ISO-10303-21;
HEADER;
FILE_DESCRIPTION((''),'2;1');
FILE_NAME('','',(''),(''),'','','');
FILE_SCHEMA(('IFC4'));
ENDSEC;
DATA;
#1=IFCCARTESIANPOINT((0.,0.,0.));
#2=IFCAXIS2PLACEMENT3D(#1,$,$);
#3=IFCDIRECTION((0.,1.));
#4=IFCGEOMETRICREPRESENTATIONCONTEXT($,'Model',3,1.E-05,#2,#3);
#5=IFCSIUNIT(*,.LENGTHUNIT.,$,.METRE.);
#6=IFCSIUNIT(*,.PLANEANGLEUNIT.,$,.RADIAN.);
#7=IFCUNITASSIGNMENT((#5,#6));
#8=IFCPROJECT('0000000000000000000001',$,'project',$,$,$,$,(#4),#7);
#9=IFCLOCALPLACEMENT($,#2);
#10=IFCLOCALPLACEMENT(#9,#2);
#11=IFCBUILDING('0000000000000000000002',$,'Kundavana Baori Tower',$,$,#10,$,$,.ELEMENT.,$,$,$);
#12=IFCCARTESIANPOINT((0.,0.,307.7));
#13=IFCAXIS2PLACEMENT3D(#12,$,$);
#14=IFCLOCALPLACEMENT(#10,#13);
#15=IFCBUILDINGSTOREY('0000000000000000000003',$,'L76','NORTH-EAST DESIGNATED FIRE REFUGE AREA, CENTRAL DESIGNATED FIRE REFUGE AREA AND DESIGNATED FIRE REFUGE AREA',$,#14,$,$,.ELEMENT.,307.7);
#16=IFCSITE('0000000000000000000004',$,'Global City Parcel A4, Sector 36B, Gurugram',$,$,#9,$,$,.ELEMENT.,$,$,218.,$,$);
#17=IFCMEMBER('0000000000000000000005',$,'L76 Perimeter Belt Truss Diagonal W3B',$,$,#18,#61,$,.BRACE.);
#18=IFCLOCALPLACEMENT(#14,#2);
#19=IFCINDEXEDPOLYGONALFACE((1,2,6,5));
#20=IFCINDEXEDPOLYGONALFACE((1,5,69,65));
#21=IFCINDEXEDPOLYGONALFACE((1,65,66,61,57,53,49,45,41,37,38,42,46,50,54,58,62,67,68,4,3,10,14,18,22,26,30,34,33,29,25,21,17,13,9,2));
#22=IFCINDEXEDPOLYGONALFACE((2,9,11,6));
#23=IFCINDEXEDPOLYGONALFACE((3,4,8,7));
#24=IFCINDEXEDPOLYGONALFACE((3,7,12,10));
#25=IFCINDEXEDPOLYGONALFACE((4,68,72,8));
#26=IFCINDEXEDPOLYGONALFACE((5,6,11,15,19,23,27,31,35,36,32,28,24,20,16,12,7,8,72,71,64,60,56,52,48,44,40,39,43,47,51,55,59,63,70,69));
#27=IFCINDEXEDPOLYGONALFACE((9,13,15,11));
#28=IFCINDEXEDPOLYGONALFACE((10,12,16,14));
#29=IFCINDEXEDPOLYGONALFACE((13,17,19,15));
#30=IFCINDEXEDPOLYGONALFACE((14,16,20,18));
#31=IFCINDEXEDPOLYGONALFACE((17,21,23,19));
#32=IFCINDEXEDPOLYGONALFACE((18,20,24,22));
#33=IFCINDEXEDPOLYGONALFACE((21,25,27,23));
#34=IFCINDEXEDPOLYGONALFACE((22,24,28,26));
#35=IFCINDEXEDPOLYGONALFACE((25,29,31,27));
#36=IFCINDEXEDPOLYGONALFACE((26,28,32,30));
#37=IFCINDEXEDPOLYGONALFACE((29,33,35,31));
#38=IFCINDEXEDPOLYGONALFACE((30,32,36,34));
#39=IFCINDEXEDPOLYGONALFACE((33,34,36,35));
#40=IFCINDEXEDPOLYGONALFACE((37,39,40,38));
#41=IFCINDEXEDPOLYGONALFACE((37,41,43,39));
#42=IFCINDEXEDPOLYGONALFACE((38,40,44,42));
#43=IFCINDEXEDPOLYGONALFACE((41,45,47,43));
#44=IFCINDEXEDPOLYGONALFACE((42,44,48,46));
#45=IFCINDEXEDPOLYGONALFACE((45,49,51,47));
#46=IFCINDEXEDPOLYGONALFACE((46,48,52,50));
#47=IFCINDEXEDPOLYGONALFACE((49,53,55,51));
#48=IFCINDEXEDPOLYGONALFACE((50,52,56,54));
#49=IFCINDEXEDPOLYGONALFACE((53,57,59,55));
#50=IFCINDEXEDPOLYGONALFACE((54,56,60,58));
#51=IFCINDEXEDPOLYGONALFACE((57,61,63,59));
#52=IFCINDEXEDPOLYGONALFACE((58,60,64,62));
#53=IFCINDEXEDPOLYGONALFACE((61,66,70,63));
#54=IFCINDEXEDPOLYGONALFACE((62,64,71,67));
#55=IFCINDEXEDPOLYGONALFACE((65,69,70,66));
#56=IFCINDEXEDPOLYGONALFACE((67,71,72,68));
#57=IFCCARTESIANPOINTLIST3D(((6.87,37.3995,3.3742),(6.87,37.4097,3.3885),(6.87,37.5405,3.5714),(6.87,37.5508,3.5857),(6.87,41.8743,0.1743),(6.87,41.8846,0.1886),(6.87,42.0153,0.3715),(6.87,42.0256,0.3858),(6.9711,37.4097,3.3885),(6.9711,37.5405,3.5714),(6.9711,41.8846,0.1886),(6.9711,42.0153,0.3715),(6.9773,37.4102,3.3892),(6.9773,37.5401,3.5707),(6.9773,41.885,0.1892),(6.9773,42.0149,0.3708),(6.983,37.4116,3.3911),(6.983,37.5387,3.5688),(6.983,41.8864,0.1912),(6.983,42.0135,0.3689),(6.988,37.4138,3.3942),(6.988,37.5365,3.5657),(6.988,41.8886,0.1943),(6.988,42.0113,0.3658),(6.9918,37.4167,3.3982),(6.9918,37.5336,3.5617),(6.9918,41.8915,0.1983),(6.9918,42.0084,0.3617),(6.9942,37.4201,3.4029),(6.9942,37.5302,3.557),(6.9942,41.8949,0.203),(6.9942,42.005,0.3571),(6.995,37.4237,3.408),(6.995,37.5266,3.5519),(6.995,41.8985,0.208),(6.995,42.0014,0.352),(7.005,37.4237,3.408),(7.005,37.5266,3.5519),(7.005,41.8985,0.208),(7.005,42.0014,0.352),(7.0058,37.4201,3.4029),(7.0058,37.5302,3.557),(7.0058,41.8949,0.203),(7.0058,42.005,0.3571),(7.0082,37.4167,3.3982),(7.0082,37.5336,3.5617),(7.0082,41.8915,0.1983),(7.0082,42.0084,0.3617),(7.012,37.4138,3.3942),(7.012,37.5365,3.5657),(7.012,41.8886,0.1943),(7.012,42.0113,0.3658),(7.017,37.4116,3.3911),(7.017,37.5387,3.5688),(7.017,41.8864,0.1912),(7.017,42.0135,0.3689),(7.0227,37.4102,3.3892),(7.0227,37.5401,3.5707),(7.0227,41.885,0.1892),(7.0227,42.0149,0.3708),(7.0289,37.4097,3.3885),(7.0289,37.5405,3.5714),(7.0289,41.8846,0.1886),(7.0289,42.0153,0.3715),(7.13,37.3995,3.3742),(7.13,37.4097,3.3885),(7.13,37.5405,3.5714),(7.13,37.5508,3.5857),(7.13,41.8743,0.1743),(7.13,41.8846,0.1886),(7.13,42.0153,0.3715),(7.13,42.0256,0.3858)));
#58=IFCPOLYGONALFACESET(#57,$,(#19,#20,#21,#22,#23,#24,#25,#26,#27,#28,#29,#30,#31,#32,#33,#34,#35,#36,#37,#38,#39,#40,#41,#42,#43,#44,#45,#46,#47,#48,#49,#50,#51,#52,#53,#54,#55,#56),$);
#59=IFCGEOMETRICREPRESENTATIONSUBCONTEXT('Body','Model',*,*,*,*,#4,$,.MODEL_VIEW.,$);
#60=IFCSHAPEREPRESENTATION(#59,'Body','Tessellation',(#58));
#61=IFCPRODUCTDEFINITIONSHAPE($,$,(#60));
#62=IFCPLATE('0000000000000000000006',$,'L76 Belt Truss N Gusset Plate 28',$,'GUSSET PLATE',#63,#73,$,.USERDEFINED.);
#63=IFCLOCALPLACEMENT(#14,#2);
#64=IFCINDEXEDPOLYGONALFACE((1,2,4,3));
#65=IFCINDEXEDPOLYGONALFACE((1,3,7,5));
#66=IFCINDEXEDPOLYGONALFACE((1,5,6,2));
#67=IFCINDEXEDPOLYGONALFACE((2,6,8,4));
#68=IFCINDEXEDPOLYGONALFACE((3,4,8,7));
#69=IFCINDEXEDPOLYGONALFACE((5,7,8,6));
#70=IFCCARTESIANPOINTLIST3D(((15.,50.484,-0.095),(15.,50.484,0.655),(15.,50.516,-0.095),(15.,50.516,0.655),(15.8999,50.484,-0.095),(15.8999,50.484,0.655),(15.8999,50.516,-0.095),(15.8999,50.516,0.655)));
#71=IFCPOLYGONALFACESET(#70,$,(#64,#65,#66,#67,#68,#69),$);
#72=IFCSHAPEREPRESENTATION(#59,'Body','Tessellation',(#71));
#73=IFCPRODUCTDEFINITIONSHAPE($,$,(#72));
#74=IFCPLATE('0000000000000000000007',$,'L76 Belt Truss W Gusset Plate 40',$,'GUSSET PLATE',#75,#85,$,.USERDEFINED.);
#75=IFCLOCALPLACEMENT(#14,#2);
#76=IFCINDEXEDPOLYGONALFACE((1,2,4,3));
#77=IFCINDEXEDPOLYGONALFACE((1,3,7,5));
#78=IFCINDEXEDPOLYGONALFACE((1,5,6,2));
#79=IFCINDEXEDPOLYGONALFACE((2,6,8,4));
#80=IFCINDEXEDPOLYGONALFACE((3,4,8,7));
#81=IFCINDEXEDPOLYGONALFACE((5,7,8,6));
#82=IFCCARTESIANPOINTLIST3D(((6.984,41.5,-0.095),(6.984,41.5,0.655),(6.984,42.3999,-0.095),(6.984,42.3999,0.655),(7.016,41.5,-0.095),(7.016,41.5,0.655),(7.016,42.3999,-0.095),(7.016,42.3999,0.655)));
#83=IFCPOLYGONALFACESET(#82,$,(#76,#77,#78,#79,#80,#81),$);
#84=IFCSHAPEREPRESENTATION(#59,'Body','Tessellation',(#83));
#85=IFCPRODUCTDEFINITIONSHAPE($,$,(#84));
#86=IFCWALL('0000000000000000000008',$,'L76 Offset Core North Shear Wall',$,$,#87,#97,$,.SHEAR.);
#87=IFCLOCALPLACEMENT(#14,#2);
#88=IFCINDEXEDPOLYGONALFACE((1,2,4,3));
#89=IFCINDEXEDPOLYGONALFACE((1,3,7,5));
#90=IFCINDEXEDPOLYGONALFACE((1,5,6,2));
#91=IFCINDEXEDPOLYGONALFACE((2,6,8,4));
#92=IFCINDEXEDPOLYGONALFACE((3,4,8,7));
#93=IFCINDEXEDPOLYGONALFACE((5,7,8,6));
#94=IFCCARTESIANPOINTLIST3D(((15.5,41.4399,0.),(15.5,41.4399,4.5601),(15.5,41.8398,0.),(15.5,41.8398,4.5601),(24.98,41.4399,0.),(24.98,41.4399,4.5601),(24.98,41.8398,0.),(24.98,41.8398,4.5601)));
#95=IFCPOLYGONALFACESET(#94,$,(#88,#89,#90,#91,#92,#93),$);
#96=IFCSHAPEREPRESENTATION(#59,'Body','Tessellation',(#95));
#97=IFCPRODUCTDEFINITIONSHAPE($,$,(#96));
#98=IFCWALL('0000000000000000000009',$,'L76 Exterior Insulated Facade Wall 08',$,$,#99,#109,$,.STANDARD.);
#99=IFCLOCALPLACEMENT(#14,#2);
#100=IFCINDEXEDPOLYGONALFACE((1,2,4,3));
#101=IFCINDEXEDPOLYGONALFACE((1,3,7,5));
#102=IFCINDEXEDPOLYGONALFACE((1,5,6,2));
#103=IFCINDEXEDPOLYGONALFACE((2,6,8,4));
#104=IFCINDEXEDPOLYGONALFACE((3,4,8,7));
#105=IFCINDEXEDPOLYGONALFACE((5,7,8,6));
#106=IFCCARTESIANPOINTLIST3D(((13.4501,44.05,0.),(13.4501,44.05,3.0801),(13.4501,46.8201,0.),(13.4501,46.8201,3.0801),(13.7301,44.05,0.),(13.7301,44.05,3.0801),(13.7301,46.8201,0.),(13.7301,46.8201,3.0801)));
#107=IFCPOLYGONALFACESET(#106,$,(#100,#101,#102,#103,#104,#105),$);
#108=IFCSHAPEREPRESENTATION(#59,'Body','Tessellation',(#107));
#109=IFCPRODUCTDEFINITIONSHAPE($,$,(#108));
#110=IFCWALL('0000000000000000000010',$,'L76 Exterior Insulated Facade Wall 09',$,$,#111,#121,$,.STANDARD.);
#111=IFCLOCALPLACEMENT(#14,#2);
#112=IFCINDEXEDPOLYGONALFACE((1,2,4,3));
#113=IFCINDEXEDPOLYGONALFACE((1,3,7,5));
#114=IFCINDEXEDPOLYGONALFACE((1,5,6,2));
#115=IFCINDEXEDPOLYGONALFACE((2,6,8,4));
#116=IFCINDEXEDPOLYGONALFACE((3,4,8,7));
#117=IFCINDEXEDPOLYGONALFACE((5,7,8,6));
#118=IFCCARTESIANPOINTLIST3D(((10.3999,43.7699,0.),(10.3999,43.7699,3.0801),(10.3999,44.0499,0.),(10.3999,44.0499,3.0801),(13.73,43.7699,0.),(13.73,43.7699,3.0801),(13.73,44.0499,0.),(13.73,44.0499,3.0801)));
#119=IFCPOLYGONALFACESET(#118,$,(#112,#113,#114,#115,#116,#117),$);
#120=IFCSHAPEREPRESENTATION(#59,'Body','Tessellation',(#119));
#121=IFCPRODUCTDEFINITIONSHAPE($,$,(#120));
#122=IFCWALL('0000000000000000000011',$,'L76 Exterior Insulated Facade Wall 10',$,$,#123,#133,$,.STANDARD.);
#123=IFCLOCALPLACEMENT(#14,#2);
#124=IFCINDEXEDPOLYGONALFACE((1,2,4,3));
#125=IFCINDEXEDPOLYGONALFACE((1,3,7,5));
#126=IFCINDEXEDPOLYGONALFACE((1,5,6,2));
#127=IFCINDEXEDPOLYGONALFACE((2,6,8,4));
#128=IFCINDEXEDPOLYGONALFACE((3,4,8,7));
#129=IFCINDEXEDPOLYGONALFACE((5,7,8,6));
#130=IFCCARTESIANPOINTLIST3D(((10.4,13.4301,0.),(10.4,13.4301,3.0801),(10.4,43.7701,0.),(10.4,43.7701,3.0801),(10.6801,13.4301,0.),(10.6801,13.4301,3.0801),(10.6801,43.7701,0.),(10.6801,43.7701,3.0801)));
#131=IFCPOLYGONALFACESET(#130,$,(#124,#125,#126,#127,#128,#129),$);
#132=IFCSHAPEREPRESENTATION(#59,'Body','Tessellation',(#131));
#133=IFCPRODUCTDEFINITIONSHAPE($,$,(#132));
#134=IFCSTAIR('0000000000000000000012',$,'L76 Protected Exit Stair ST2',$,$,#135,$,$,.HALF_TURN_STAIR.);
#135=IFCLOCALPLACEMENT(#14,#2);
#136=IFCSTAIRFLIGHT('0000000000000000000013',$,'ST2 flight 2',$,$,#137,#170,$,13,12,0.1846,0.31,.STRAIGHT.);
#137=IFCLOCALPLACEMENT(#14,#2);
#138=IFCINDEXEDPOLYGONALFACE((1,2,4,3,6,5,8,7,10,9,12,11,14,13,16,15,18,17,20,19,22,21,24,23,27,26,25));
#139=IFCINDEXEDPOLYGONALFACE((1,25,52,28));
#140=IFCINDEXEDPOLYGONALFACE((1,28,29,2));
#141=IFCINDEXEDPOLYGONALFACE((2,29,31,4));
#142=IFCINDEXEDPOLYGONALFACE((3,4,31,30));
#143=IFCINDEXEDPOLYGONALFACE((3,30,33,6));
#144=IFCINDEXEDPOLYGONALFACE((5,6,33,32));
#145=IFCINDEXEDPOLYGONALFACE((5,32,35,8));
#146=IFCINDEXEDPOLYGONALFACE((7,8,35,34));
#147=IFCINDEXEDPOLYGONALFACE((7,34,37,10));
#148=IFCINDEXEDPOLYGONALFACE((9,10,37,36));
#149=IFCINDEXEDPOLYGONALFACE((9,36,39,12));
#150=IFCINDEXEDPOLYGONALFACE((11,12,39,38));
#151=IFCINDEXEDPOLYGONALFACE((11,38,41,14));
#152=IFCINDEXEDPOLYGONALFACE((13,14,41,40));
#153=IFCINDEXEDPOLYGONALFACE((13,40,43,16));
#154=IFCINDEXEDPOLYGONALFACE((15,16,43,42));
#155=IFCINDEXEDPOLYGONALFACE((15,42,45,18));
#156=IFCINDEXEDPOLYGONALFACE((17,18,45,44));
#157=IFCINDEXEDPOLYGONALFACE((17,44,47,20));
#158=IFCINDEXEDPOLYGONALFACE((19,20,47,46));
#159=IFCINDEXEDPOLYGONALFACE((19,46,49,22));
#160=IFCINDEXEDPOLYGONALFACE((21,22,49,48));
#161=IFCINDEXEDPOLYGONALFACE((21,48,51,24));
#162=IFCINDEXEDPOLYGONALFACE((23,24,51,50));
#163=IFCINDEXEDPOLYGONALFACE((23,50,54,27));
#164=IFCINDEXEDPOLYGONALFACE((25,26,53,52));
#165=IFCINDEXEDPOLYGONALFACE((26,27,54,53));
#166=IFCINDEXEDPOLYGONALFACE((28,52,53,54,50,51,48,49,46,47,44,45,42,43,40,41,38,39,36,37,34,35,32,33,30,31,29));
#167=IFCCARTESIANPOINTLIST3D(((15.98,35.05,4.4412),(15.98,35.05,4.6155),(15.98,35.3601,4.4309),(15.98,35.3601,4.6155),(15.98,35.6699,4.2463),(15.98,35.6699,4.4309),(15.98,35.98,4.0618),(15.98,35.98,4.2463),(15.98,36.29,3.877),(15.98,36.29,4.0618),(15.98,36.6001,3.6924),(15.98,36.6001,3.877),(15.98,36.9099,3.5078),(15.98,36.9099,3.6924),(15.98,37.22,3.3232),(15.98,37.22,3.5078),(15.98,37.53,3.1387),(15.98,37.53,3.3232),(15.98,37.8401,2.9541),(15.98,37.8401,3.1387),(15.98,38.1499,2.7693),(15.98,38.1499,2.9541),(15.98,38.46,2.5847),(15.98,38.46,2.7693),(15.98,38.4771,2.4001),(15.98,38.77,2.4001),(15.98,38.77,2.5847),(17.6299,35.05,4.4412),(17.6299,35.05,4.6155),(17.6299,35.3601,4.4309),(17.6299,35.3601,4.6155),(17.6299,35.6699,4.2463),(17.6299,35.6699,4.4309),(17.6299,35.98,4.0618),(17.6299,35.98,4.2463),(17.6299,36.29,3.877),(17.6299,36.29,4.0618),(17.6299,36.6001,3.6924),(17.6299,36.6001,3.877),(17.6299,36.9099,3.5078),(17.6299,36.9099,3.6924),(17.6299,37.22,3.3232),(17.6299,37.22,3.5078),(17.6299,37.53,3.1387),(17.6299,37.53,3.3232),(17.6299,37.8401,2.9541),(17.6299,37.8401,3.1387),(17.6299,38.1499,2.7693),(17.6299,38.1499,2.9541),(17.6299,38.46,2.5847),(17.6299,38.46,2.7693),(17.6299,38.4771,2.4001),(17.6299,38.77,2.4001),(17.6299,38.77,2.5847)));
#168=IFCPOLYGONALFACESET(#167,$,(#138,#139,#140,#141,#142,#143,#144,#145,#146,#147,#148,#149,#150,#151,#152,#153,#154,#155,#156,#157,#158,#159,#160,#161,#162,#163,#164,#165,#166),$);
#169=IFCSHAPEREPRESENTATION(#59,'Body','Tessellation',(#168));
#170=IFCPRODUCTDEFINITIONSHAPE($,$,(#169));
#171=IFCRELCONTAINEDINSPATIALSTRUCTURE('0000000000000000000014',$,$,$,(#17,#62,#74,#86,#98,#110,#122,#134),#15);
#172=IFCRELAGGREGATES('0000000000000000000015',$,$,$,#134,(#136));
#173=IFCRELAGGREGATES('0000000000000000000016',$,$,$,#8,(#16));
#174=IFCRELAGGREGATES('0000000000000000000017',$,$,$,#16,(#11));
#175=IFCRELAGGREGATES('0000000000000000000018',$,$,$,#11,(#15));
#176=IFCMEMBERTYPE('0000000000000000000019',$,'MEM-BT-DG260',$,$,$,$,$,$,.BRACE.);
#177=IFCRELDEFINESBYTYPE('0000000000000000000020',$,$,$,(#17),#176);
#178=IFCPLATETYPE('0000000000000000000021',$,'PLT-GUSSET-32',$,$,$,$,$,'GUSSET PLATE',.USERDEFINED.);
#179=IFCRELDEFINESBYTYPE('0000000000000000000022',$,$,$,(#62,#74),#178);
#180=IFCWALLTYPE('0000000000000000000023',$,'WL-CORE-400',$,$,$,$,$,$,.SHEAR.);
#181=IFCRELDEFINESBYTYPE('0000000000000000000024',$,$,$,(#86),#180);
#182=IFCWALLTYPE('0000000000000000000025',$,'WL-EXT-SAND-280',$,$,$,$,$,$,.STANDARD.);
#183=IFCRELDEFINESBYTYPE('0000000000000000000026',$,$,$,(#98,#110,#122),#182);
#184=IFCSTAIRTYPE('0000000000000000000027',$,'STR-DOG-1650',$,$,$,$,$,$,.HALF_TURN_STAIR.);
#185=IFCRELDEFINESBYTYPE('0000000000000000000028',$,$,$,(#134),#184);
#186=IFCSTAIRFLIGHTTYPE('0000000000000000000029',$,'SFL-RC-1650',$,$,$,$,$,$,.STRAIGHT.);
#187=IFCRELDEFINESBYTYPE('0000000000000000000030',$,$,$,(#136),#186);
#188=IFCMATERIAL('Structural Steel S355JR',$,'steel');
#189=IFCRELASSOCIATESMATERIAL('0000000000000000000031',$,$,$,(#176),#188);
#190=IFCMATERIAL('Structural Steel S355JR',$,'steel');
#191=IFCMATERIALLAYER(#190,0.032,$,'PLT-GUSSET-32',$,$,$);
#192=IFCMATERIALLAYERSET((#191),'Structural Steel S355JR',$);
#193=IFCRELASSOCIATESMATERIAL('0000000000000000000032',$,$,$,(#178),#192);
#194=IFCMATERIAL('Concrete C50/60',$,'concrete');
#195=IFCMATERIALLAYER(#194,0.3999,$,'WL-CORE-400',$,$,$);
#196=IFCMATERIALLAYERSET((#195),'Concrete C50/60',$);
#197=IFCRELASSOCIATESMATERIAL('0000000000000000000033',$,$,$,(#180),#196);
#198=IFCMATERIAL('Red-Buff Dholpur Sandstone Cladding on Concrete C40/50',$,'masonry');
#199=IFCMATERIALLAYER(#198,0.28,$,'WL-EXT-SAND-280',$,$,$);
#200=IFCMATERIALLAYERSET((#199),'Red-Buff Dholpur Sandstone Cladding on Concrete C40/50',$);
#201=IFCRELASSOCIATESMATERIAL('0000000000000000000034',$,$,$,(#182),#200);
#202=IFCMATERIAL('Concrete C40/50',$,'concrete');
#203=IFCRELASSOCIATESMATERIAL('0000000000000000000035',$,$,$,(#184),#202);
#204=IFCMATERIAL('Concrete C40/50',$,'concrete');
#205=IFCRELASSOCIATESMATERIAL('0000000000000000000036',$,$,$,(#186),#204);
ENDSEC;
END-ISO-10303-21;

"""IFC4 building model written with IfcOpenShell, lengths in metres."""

from ifc_helpers import new_model, si_unit, direction, frame, frame_2d, origin, origin_2d, place, context, subcontext, project, spatial, polyline, rectangle, i_section, outline, extrude, material, layer, layer_set, material_profile, profile_set, type_object, element, aggregate, save


model = new_model("IFC4")

# Units and contexts
model_context = context("Model", 3, precision=1e-05, world=origin(), true_north=direction((0.0, 1.0)))
body_context = subcontext(model_context, "Body", "Model", "MODEL_VIEW")
ifc_project = project(units=[si_unit("LENGTHUNIT", "METRE"), si_unit("PLANEANGLEUNIT", "RADIAN")], contexts=[model_context])

# Site, building, storey
site_placement = place(None, origin())
site = spatial("IfcSite", under=ifc_project, at=site_placement, Name="Global City Parcel A4, Sector 36B, Gurugram", CompositionType="ELEMENT", RefElevation=218.0)
building_placement = place(site_placement, origin())
building = spatial("IfcBuilding", under=site, at=building_placement, Name="Kundavana Baori Tower", CompositionType="ELEMENT")
storey_placement = place(building_placement, frame((0.0, 0.0, 307.7)))
storey = spatial("IfcBuildingStorey", under=building, at=storey_placement, Name="L76", Description="NORTH-EAST DESIGNATED FIRE REFUGE AREA, CENTRAL DESIGNATED FIRE REFUGE AREA AND DESIGNATED FIRE REFUGE AREA", CompositionType="ELEMENT", Elevation=307.7)

# Member
ifc_material_1 = material(Name="Structural Steel S355JR", Category="steel")
ifc_material_profile_1 = material_profile(ifc_material_1, i_section(OverallWidth=0.26, OverallDepth=0.26, WebThickness=0.01, FlangeThickness=0.0176, FilletRadius=0.0239, at=origin_2d()), Name="WPB 260x260x93")
ifc_profile_set_1 = profile_set([ifc_material_profile_1], Name="Structural Steel S355JR")
member_type_1 = type_object("IfcMemberType", Name="MEM-BT-DG260", PredefinedType="BRACE", material=ifc_profile_set_1)
member_1_placement = place(storey_placement, frame((7.0, 41.95, 0.28), z_axis=(0.0, -0.813422, 0.581675), x_axis=(1.0, 0.0, 0.0)))
element("IfcMember", 1, at=member_1_placement, inside=storey, type_object=member_type_1, Name="L76 Perimeter Belt Truss Diagonal W3B", PredefinedType="BRACE", context=body_context, shape_type="SweptSolid", body=[
    extrude(i_section(OverallWidth=0.26, OverallDepth=0.26, WebThickness=0.01, FlangeThickness=0.0176, FilletRadius=0.0239, at=origin_2d()), origin(), (0.0, 0.0, 1.0), 5.5012),
])

# Plates
ifc_material_2 = material(Name="Structural Steel S355JR", Category="steel")
ifc_layer_1 = layer(ifc_material_2, 0.032, Name="PLT-GUSSET-32")
ifc_layer_set_1 = layer_set([ifc_layer_1], Name="Structural Steel S355JR")
plate_type = type_object("IfcPlateType", Name="PLT-GUSSET-32", ElementType="GUSSET PLATE", PredefinedType="USERDEFINED", material=ifc_layer_set_1)
plate_1_placement = place(storey_placement, frame((15.45, 50.5, -0.095), z_axis=(0.0, 0.0, 1.0), x_axis=(1.0, 0.0, 0.0)))
element("IfcPlate", 2, at=plate_1_placement, inside=storey, type_object=plate_type, Name="L76 Belt Truss N Gusset Plate 28", ObjectType="GUSSET PLATE", PredefinedType="USERDEFINED", context=body_context, shape_type="SweptSolid", body=[
    extrude(rectangle(XDim=0.8999, YDim=0.032, at=origin_2d()), origin(), (0.0, 0.0, 1.0), 0.75),
])
plate_2_placement = place(storey_placement, frame((7.0, 41.95, -0.095), z_axis=(0.0, 0.0, 1.0), x_axis=(1.0, 0.0, 0.0)))
element("IfcPlate", 3, at=plate_2_placement, inside=storey, type_object=plate_type, Name="L76 Belt Truss W Gusset Plate 40", ObjectType="GUSSET PLATE", PredefinedType="USERDEFINED", context=body_context, shape_type="SweptSolid", body=[
    extrude(rectangle(XDim=0.032, YDim=0.8999, at=origin_2d()), origin(), (0.0, 0.0, 1.0), 0.75),
])

# Walls
ifc_material_3 = material(Name="Concrete C50/60", Category="concrete")
ifc_layer_2 = layer(ifc_material_3, 0.3999, Name="WL-CORE-400")
ifc_layer_set_2 = layer_set([ifc_layer_2], Name="Concrete C50/60")
wall_type_1 = type_object("IfcWallType", Name="WL-CORE-400", PredefinedType="SHEAR", material=ifc_layer_set_2)
wall_1_placement = place(storey_placement, frame((15.5, 41.6399, 0.0), z_axis=(0.0, 0.0, 1.0), x_axis=(1.0, 0.0, 0.0)))
element("IfcWall", 4, at=wall_1_placement, inside=storey, type_object=wall_type_1, Name="L76 Offset Core North Shear Wall", PredefinedType="SHEAR", context=body_context, shape_type="SweptSolid", body=[
    extrude(rectangle(XDim=9.48, YDim=0.3999, at=frame_2d((4.74, 0.0))), origin(), (0.0, 0.0, 1.0), 4.5601),
])
ifc_material_4 = material(Name="Red-Buff Dholpur Sandstone Cladding on Concrete C40/50", Category="masonry")
ifc_layer_3 = layer(ifc_material_4, 0.28, Name="WL-EXT-SAND-280")
ifc_layer_set_3 = layer_set([ifc_layer_3], Name="Red-Buff Dholpur Sandstone Cladding on Concrete C40/50")
wall_type_2 = type_object("IfcWallType", Name="WL-EXT-SAND-280", PredefinedType="STANDARD", material=ifc_layer_set_3)
wall_2_placement = place(storey_placement, frame((13.5901, 46.8201, 0.0), z_axis=(0.0, 0.0, 1.0), x_axis=(0.0, -1.0, 0.0)))
element("IfcWall", 5, at=wall_2_placement, inside=storey, type_object=wall_type_2, Name="L76 Exterior Insulated Facade Wall 08", PredefinedType="STANDARD", context=body_context, shape_type="SweptSolid", body=[
    extrude(rectangle(XDim=2.77, YDim=0.28, at=frame_2d((1.385, 0.0))), origin(), (0.0, 0.0, 1.0), 3.0801),
])
wall_3_placement = place(storey_placement, frame((13.73, 43.9099, 0.0), z_axis=(0.0, 0.0, 1.0), x_axis=(-1.0, 0.0, 0.0)))
element("IfcWall", 6, at=wall_3_placement, inside=storey, type_object=wall_type_2, Name="L76 Exterior Insulated Facade Wall 09", PredefinedType="STANDARD", context=body_context, shape_type="SweptSolid", body=[
    extrude(rectangle(XDim=3.3301, YDim=0.28, at=frame_2d((1.665, 0.0))), origin(), (0.0, 0.0, 1.0), 3.0801),
])
wall_4_placement = place(storey_placement, frame((10.54, 43.77, 0.0), z_axis=(0.0, 0.0, 1.0), x_axis=(0.0, -1.0, 0.0)))
element("IfcWall", 7, at=wall_4_placement, inside=storey, type_object=wall_type_2, Name="L76 Exterior Insulated Facade Wall 10", PredefinedType="STANDARD", context=body_context, shape_type="SweptSolid", body=[
    extrude(rectangle(XDim=30.3401, YDim=0.28, at=frame_2d((15.1699, 0.0))), origin(), (0.0, 0.0, 1.0), 3.0801),
])

# Stair, stair flight
ifc_material_5 = material(Name="Concrete C40/50", Category="concrete")
stair_type = type_object("IfcStairType", Name="STR-DOG-1650", PredefinedType="HALF_TURN_STAIR", material=ifc_material_5)
stair_placement = place(storey_placement, origin())
stair = element("IfcStair", 8, at=stair_placement, inside=storey, type_object=stair_type, Name="L76 Protected Exit Stair ST2", PredefinedType="HALF_TURN_STAIR")
ifc_material_6 = material(Name="Concrete C40/50", Category="concrete")
stair_flight_type = type_object("IfcStairFlightType", Name="SFL-RC-1650", PredefinedType="STRAIGHT", material=ifc_material_6)
stair_flight_placement = place(storey_placement, frame((16.8049, 38.77, 2.4001), z_axis=(0.0, 0.0, 1.0), x_axis=(0.0, -1.0, 0.0)))
stair_flight = element("IfcStairFlight", 9, at=stair_flight_placement, type_object=stair_flight_type, Name="ST2 flight 2", NumberOfRisers=13, NumberOfTreads=12, PredefinedType="STRAIGHT", RiserHeight=0.1846, TreadLength=0.31, context=body_context, shape_type="SweptSolid", body=[
    extrude(outline(polyline([(0.0, 0.0), (0.0, 0.1846), (0.3101, 0.1846), (0.3101, 0.3691), (0.6201, 0.3691), (0.6201, 0.554), (0.9299, 0.554), (0.9299, 0.7385), (1.24, 0.7385), (1.24, 0.9231), (1.55, 0.9231), (1.55, 1.1077), (1.8601, 1.1077), (1.8601, 1.2922), (2.1699, 1.2922), (2.1699, 1.4768), (2.48, 1.4768), (2.48, 1.6616), (2.79, 1.6616), (2.79, 1.8462), (3.1001, 1.8462), (3.1001, 2.0308), (3.4099, 2.0308), (3.4099, 2.2153), (3.72, 2.2153), (3.72, 2.3999), (3.72, 2.041), (0.293, 0.0), (0.0, 0.0)])), frame((0.0, 0.825, 0.0), z_axis=(0.0, -1.0, 0.0), x_axis=(1.0, 0.0, 0.0)), (0.0, 0.0, 1.0), 1.6499),
])
aggregate(stair, [stair_flight])

save(model, "model.ifc")
